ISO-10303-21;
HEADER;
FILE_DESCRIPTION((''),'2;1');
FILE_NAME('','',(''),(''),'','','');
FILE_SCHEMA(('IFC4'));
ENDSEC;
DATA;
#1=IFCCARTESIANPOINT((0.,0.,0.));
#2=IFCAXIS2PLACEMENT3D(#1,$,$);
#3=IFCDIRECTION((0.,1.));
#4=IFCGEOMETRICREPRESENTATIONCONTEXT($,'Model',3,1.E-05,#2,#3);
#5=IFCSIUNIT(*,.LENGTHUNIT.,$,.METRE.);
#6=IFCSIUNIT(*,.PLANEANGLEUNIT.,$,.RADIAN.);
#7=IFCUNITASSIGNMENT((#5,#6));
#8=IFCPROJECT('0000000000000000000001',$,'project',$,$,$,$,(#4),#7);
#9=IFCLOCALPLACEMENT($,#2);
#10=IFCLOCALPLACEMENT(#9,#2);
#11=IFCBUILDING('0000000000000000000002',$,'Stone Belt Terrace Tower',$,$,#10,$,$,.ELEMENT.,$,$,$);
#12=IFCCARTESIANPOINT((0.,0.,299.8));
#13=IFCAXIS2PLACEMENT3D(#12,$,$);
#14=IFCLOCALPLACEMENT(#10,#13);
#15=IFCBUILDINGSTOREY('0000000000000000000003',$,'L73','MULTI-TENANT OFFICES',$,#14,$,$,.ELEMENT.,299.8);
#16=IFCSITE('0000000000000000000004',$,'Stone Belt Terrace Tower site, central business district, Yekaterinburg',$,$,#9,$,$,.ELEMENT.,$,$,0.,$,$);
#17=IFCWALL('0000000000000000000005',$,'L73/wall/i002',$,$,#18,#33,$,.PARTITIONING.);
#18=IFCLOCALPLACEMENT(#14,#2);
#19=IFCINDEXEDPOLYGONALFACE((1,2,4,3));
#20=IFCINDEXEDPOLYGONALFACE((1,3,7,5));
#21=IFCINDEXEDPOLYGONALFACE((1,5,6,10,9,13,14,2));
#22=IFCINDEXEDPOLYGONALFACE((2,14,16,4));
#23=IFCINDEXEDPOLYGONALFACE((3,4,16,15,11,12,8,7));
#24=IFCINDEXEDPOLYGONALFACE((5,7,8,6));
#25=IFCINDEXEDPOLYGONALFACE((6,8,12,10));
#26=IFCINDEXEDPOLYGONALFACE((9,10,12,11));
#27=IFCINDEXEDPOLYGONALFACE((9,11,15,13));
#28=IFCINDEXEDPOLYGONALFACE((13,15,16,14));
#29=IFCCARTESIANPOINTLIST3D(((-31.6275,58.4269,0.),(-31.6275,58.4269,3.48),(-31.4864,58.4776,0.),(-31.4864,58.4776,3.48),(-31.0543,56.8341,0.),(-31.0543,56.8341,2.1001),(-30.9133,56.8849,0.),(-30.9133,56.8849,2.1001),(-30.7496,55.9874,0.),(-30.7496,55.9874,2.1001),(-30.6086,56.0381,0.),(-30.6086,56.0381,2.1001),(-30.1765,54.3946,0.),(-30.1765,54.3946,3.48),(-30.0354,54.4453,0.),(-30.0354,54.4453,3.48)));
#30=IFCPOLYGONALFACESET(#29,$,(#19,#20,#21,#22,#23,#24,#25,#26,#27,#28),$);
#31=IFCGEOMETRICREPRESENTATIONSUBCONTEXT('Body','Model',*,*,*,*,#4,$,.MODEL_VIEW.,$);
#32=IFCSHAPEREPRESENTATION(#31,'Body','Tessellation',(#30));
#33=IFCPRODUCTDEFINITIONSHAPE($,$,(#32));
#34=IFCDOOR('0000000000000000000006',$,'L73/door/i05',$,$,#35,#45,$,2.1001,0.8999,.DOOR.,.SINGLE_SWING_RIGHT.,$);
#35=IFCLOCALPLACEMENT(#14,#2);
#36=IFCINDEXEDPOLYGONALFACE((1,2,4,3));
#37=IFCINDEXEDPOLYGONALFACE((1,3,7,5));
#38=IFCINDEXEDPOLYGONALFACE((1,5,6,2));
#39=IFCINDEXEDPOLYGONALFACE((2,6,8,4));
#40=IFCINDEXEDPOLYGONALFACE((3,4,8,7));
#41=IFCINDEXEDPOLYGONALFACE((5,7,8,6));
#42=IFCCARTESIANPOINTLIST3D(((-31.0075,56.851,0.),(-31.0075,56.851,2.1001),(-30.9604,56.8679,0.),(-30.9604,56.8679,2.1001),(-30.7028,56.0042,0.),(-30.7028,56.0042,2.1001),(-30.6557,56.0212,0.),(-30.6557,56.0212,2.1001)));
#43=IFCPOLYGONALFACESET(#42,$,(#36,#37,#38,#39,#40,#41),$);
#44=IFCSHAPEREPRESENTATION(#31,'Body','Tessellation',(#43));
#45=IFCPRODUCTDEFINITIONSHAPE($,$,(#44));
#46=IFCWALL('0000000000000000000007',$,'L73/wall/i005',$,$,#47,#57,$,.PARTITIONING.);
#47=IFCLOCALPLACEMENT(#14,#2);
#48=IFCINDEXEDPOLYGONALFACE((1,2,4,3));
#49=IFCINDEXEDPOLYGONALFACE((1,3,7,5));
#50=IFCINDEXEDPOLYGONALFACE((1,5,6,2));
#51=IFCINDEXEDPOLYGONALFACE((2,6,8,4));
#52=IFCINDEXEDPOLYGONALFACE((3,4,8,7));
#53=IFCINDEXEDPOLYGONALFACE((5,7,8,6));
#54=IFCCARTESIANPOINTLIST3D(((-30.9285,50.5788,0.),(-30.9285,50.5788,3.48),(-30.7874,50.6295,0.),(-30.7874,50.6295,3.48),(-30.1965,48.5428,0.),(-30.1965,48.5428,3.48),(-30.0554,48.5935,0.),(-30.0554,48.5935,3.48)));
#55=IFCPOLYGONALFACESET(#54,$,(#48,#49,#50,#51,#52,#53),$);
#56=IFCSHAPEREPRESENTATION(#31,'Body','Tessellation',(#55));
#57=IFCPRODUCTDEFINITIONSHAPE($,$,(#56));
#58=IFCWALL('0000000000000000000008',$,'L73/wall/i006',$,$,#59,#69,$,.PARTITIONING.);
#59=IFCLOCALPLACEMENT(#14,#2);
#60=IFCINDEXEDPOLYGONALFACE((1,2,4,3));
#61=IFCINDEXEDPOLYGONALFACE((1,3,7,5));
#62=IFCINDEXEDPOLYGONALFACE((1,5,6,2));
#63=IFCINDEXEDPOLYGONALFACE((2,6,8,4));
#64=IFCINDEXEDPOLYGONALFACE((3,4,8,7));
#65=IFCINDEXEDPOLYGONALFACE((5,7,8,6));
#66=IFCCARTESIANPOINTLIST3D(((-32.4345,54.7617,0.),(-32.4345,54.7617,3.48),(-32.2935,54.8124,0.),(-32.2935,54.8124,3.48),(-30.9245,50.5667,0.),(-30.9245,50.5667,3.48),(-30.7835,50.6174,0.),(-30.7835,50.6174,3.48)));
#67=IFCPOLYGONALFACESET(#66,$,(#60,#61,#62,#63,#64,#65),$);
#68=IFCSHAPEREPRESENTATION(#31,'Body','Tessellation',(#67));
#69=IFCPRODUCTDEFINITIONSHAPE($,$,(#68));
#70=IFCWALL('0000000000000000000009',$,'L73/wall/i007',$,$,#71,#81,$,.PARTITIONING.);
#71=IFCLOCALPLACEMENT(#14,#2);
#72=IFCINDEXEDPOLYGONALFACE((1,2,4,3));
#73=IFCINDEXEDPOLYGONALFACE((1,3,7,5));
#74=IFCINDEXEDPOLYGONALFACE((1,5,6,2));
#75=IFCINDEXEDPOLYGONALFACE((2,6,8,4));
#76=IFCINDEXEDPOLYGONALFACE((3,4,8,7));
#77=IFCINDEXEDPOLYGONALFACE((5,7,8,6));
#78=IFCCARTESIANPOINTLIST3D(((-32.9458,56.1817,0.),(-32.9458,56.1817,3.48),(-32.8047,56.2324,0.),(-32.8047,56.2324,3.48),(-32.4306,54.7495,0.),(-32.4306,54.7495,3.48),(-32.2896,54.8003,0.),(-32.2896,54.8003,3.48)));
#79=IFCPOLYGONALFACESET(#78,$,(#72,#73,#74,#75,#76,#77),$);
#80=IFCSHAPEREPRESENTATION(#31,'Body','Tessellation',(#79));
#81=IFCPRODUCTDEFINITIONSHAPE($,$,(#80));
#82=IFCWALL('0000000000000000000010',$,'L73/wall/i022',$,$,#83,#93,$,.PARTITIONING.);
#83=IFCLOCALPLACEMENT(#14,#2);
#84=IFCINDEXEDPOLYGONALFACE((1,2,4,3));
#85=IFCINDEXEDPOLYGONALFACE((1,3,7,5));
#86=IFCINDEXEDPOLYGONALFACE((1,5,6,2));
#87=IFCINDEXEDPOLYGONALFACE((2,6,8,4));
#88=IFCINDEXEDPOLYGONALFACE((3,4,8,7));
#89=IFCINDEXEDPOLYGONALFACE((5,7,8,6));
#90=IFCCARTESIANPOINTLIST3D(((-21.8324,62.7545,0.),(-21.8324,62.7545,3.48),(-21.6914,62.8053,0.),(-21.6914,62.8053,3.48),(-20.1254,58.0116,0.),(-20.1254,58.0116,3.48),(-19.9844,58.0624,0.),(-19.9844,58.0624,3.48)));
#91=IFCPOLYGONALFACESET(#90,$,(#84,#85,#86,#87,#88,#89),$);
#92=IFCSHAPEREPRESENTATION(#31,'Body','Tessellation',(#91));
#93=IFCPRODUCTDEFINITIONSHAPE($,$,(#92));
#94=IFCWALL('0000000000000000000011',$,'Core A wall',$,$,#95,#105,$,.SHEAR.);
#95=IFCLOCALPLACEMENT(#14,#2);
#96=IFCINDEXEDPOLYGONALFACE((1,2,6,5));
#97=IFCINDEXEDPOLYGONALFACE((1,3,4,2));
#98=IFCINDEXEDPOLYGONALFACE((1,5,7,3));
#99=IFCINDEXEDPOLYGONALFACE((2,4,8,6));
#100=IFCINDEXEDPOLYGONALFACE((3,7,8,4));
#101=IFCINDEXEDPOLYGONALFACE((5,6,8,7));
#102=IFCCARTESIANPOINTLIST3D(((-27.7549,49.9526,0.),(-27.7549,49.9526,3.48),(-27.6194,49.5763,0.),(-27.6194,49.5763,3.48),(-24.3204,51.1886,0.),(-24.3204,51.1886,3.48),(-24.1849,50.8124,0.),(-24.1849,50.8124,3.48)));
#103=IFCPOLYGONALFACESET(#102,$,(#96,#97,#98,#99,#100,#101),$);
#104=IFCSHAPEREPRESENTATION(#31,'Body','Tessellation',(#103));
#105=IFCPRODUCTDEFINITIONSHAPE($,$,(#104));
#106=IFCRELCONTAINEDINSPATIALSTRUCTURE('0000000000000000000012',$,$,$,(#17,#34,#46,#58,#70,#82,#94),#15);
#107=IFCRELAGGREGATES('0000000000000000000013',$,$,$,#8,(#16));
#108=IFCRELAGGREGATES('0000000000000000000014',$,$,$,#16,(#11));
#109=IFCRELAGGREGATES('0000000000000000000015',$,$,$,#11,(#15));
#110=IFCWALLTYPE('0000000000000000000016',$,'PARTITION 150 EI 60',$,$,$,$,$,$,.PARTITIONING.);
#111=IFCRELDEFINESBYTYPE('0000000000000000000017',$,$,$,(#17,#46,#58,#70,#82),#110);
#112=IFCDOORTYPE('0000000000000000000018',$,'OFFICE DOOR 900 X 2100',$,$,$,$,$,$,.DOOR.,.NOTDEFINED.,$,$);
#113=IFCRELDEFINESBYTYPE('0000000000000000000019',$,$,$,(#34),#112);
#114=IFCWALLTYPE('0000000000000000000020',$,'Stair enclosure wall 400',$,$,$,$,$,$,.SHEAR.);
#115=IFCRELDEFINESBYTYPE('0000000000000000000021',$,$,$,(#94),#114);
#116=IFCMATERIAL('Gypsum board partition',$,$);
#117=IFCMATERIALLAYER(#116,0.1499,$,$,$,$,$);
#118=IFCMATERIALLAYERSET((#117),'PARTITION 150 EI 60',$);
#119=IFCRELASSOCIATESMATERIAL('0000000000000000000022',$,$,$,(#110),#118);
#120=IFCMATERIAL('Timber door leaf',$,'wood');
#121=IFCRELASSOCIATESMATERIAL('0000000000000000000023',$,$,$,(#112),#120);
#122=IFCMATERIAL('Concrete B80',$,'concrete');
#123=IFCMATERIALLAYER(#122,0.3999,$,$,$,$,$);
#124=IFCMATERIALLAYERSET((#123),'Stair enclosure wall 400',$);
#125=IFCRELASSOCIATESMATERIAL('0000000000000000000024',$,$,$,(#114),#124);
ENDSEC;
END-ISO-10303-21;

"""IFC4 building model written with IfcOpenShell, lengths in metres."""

from ifc_helpers import new_model, si_unit, direction, frame, frame_2d, origin, place, context, subcontext, project, spatial, rectangle, extrude, material, layer, layer_set, type_object, element, fill, save


model = new_model("IFC4")

# Units and contexts
model_context = context("Model", 3, precision=1e-05, world=origin(), true_north=direction((0.0, 1.0)))
body_context = subcontext(model_context, "Body", "Model", "MODEL_VIEW")
ifc_project = project(units=[si_unit("LENGTHUNIT", "METRE"), si_unit("PLANEANGLEUNIT", "RADIAN")], contexts=[model_context])

# Site, building, storey
site_placement = place(None, origin())
site = spatial("IfcSite", under=ifc_project, at=site_placement, Name="Stone Belt Terrace Tower site, central business district, Yekaterinburg", CompositionType="ELEMENT", RefElevation=0.0)
building_placement = place(site_placement, origin())
building = spatial("IfcBuilding", under=site, at=building_placement, Name="Stone Belt Terrace Tower", CompositionType="ELEMENT")
storey_placement = place(building_placement, frame((0.0, 0.0, 299.8)))
storey = spatial("IfcBuildingStorey", under=building, at=storey_placement, Name="L73", Description="MULTI-TENANT OFFICES", CompositionType="ELEMENT", Elevation=299.8)

# Shared definitions
ifc_material_1 = material(Name="Timber door leaf", Category="wood")

# Shared definitions
ifc_material_2 = material(Name="Concrete B80", Category="concrete")

# Wall, opening, door
ifc_material_3 = material(Name="Gypsum board partition")
ifc_layer_1 = layer(ifc_material_3, 0.1499)
ifc_layer_set_1 = layer_set([ifc_layer_1], Name="PARTITION 150 EI 60")
wall_type_1 = type_object("IfcWallType", Name="PARTITION 150 EI 60", PredefinedType="PARTITIONING", material=ifc_layer_set_1)
wall_1_placement = place(storey_placement, frame((-31.5569, 58.4521, 0.0), z_axis=(0.0, 0.0, 1.0), x_axis=(0.33858, -0.940938, 0.0)))
wall_1 = element("IfcWall", 1, at=wall_1_placement, inside=storey, type_object=wall_type_1, Name="L73/wall/i002", PredefinedType="PARTITIONING", context=body_context, shape_type="SweptSolid", body=[
    extrude(rectangle(XDim=4.2854, YDim=0.1499, at=frame_2d((2.1426, 0.0))), origin(), (0.0, 0.0, 1.0), 3.48),
])
opening_1_placement = place(wall_1_placement, frame((1.6926, 0.0, 0.0)))
opening_1 = element("IfcOpeningElement", 2, at=opening_1_placement, cuts=wall_1, PredefinedType="OPENING", context=body_context, shape_type="SweptSolid", body=[
    extrude(rectangle(XDim=0.8999, YDim=2.1001, at=frame_2d((0.45, 1.05))), frame((0.0, 0.085, 0.0), z_axis=(0.0, -1.0, 0.0), x_axis=(1.0, 0.0, 0.0)), (0.0, 0.0, 1.0), 0.1699),
])
door_type_1 = type_object("IfcDoorType", Name="OFFICE DOOR 900 X 2100", OperationType="NOTDEFINED", PredefinedType="DOOR", material=ifc_material_1)
door_1_placement = place(opening_1_placement, origin())
door_1 = element("IfcDoor", 3, at=door_1_placement, inside=storey, type_object=door_type_1, Name="L73/door/i05", OperationType="SINGLE_SWING_RIGHT", OverallHeight=2.1001, OverallWidth=0.8999, PredefinedType="DOOR", context=body_context, shape_type="SweptSolid", body=[
    extrude(rectangle(XDim=0.8999, YDim=2.1001, at=frame_2d((0.45, 1.05))), frame((0.0, 0.0249, 0.0), z_axis=(0.0, -1.0, 0.0), x_axis=(1.0, 0.0, 0.0)), (0.0, 0.0, 1.0), 0.05),
])
fill(opening_1, door_1)

# Walls
wall_2_placement = place(storey_placement, frame((-30.126, 48.5681, 0.0), z_axis=(0.0, 0.0, 1.0), x_axis=(-0.338316, 0.941033, 0.0)))
element("IfcWall", 4, at=wall_2_placement, inside=storey, type_object=wall_type_1, Name="L73/wall/i005", PredefinedType="PARTITIONING", context=body_context, shape_type="SweptSolid", body=[
    extrude(rectangle(XDim=2.1636, YDim=0.1499, at=frame_2d((1.0818, 0.0))), origin(), (0.0, 0.0, 1.0), 3.48),
])
wall_3_placement = place(storey_placement, frame((-30.854, 50.592, 0.0), z_axis=(0.0, 0.0, 1.0), x_axis=(-0.338677, 0.940903, 0.0)))
element("IfcWall", 5, at=wall_3_placement, inside=storey, type_object=wall_type_1, Name="L73/wall/i006", PredefinedType="PARTITIONING", context=body_context, shape_type="SweptSolid", body=[
    extrude(rectangle(XDim=4.4585, YDim=0.1499, at=frame_2d((2.2292, 0.0))), origin(), (0.0, 0.0, 1.0), 3.48),
])
wall_4_placement = place(storey_placement, frame((-32.3601, 54.7749, 0.0), z_axis=(0.0, 0.0, 1.0), x_axis=(-0.33847, 0.940977, 0.0)))
element("IfcWall", 6, at=wall_4_placement, inside=storey, type_object=wall_type_1, Name="L73/wall/i007", PredefinedType="PARTITIONING", context=body_context, shape_type="SweptSolid", body=[
    extrude(rectangle(XDim=1.522, YDim=0.1499, at=frame_2d((0.761, 0.0))), origin(), (0.0, 0.0, 1.0), 3.48),
])
wall_5_placement = place(storey_placement, frame((-21.762, 62.78, 0.0), z_axis=(0.0, 0.0, 1.0), x_axis=(0.338646, -0.940914, 0.0)))
element("IfcWall", 7, at=wall_5_placement, inside=storey, type_object=wall_type_1, Name="L73/wall/i022", PredefinedType="PARTITIONING", context=body_context, shape_type="SweptSolid", body=[
    extrude(rectangle(XDim=5.0408, YDim=0.1499, at=frame_2d((2.5205, 0.0))), origin(), (0.0, 0.0, 1.0), 3.48),
])
ifc_layer_2 = layer(ifc_material_2, 0.3999)
ifc_layer_set_2 = layer_set([ifc_layer_2], Name="Stair enclosure wall 400")
wall_type_2 = type_object("IfcWallType", Name="Stair enclosure wall 400", PredefinedType="SHEAR", material=ifc_layer_set_2)
wall_6_placement = place(storey_placement, frame((-27.6873, 49.7644, 0.0), z_axis=(0.0, 0.0, 1.0), x_axis=(0.940919, 0.338632, 0.0)))
element("IfcWall", 8, at=wall_6_placement, inside=storey, type_object=wall_type_2, Name="Core A wall", PredefinedType="SHEAR", context=body_context, shape_type="SweptSolid", body=[
    extrude(rectangle(XDim=3.6501, YDim=0.3999, at=frame_2d((1.8252, 0.0))), origin(), (0.0, 0.0, 1.0), 3.48),
])

save(model, "model.ifc")
